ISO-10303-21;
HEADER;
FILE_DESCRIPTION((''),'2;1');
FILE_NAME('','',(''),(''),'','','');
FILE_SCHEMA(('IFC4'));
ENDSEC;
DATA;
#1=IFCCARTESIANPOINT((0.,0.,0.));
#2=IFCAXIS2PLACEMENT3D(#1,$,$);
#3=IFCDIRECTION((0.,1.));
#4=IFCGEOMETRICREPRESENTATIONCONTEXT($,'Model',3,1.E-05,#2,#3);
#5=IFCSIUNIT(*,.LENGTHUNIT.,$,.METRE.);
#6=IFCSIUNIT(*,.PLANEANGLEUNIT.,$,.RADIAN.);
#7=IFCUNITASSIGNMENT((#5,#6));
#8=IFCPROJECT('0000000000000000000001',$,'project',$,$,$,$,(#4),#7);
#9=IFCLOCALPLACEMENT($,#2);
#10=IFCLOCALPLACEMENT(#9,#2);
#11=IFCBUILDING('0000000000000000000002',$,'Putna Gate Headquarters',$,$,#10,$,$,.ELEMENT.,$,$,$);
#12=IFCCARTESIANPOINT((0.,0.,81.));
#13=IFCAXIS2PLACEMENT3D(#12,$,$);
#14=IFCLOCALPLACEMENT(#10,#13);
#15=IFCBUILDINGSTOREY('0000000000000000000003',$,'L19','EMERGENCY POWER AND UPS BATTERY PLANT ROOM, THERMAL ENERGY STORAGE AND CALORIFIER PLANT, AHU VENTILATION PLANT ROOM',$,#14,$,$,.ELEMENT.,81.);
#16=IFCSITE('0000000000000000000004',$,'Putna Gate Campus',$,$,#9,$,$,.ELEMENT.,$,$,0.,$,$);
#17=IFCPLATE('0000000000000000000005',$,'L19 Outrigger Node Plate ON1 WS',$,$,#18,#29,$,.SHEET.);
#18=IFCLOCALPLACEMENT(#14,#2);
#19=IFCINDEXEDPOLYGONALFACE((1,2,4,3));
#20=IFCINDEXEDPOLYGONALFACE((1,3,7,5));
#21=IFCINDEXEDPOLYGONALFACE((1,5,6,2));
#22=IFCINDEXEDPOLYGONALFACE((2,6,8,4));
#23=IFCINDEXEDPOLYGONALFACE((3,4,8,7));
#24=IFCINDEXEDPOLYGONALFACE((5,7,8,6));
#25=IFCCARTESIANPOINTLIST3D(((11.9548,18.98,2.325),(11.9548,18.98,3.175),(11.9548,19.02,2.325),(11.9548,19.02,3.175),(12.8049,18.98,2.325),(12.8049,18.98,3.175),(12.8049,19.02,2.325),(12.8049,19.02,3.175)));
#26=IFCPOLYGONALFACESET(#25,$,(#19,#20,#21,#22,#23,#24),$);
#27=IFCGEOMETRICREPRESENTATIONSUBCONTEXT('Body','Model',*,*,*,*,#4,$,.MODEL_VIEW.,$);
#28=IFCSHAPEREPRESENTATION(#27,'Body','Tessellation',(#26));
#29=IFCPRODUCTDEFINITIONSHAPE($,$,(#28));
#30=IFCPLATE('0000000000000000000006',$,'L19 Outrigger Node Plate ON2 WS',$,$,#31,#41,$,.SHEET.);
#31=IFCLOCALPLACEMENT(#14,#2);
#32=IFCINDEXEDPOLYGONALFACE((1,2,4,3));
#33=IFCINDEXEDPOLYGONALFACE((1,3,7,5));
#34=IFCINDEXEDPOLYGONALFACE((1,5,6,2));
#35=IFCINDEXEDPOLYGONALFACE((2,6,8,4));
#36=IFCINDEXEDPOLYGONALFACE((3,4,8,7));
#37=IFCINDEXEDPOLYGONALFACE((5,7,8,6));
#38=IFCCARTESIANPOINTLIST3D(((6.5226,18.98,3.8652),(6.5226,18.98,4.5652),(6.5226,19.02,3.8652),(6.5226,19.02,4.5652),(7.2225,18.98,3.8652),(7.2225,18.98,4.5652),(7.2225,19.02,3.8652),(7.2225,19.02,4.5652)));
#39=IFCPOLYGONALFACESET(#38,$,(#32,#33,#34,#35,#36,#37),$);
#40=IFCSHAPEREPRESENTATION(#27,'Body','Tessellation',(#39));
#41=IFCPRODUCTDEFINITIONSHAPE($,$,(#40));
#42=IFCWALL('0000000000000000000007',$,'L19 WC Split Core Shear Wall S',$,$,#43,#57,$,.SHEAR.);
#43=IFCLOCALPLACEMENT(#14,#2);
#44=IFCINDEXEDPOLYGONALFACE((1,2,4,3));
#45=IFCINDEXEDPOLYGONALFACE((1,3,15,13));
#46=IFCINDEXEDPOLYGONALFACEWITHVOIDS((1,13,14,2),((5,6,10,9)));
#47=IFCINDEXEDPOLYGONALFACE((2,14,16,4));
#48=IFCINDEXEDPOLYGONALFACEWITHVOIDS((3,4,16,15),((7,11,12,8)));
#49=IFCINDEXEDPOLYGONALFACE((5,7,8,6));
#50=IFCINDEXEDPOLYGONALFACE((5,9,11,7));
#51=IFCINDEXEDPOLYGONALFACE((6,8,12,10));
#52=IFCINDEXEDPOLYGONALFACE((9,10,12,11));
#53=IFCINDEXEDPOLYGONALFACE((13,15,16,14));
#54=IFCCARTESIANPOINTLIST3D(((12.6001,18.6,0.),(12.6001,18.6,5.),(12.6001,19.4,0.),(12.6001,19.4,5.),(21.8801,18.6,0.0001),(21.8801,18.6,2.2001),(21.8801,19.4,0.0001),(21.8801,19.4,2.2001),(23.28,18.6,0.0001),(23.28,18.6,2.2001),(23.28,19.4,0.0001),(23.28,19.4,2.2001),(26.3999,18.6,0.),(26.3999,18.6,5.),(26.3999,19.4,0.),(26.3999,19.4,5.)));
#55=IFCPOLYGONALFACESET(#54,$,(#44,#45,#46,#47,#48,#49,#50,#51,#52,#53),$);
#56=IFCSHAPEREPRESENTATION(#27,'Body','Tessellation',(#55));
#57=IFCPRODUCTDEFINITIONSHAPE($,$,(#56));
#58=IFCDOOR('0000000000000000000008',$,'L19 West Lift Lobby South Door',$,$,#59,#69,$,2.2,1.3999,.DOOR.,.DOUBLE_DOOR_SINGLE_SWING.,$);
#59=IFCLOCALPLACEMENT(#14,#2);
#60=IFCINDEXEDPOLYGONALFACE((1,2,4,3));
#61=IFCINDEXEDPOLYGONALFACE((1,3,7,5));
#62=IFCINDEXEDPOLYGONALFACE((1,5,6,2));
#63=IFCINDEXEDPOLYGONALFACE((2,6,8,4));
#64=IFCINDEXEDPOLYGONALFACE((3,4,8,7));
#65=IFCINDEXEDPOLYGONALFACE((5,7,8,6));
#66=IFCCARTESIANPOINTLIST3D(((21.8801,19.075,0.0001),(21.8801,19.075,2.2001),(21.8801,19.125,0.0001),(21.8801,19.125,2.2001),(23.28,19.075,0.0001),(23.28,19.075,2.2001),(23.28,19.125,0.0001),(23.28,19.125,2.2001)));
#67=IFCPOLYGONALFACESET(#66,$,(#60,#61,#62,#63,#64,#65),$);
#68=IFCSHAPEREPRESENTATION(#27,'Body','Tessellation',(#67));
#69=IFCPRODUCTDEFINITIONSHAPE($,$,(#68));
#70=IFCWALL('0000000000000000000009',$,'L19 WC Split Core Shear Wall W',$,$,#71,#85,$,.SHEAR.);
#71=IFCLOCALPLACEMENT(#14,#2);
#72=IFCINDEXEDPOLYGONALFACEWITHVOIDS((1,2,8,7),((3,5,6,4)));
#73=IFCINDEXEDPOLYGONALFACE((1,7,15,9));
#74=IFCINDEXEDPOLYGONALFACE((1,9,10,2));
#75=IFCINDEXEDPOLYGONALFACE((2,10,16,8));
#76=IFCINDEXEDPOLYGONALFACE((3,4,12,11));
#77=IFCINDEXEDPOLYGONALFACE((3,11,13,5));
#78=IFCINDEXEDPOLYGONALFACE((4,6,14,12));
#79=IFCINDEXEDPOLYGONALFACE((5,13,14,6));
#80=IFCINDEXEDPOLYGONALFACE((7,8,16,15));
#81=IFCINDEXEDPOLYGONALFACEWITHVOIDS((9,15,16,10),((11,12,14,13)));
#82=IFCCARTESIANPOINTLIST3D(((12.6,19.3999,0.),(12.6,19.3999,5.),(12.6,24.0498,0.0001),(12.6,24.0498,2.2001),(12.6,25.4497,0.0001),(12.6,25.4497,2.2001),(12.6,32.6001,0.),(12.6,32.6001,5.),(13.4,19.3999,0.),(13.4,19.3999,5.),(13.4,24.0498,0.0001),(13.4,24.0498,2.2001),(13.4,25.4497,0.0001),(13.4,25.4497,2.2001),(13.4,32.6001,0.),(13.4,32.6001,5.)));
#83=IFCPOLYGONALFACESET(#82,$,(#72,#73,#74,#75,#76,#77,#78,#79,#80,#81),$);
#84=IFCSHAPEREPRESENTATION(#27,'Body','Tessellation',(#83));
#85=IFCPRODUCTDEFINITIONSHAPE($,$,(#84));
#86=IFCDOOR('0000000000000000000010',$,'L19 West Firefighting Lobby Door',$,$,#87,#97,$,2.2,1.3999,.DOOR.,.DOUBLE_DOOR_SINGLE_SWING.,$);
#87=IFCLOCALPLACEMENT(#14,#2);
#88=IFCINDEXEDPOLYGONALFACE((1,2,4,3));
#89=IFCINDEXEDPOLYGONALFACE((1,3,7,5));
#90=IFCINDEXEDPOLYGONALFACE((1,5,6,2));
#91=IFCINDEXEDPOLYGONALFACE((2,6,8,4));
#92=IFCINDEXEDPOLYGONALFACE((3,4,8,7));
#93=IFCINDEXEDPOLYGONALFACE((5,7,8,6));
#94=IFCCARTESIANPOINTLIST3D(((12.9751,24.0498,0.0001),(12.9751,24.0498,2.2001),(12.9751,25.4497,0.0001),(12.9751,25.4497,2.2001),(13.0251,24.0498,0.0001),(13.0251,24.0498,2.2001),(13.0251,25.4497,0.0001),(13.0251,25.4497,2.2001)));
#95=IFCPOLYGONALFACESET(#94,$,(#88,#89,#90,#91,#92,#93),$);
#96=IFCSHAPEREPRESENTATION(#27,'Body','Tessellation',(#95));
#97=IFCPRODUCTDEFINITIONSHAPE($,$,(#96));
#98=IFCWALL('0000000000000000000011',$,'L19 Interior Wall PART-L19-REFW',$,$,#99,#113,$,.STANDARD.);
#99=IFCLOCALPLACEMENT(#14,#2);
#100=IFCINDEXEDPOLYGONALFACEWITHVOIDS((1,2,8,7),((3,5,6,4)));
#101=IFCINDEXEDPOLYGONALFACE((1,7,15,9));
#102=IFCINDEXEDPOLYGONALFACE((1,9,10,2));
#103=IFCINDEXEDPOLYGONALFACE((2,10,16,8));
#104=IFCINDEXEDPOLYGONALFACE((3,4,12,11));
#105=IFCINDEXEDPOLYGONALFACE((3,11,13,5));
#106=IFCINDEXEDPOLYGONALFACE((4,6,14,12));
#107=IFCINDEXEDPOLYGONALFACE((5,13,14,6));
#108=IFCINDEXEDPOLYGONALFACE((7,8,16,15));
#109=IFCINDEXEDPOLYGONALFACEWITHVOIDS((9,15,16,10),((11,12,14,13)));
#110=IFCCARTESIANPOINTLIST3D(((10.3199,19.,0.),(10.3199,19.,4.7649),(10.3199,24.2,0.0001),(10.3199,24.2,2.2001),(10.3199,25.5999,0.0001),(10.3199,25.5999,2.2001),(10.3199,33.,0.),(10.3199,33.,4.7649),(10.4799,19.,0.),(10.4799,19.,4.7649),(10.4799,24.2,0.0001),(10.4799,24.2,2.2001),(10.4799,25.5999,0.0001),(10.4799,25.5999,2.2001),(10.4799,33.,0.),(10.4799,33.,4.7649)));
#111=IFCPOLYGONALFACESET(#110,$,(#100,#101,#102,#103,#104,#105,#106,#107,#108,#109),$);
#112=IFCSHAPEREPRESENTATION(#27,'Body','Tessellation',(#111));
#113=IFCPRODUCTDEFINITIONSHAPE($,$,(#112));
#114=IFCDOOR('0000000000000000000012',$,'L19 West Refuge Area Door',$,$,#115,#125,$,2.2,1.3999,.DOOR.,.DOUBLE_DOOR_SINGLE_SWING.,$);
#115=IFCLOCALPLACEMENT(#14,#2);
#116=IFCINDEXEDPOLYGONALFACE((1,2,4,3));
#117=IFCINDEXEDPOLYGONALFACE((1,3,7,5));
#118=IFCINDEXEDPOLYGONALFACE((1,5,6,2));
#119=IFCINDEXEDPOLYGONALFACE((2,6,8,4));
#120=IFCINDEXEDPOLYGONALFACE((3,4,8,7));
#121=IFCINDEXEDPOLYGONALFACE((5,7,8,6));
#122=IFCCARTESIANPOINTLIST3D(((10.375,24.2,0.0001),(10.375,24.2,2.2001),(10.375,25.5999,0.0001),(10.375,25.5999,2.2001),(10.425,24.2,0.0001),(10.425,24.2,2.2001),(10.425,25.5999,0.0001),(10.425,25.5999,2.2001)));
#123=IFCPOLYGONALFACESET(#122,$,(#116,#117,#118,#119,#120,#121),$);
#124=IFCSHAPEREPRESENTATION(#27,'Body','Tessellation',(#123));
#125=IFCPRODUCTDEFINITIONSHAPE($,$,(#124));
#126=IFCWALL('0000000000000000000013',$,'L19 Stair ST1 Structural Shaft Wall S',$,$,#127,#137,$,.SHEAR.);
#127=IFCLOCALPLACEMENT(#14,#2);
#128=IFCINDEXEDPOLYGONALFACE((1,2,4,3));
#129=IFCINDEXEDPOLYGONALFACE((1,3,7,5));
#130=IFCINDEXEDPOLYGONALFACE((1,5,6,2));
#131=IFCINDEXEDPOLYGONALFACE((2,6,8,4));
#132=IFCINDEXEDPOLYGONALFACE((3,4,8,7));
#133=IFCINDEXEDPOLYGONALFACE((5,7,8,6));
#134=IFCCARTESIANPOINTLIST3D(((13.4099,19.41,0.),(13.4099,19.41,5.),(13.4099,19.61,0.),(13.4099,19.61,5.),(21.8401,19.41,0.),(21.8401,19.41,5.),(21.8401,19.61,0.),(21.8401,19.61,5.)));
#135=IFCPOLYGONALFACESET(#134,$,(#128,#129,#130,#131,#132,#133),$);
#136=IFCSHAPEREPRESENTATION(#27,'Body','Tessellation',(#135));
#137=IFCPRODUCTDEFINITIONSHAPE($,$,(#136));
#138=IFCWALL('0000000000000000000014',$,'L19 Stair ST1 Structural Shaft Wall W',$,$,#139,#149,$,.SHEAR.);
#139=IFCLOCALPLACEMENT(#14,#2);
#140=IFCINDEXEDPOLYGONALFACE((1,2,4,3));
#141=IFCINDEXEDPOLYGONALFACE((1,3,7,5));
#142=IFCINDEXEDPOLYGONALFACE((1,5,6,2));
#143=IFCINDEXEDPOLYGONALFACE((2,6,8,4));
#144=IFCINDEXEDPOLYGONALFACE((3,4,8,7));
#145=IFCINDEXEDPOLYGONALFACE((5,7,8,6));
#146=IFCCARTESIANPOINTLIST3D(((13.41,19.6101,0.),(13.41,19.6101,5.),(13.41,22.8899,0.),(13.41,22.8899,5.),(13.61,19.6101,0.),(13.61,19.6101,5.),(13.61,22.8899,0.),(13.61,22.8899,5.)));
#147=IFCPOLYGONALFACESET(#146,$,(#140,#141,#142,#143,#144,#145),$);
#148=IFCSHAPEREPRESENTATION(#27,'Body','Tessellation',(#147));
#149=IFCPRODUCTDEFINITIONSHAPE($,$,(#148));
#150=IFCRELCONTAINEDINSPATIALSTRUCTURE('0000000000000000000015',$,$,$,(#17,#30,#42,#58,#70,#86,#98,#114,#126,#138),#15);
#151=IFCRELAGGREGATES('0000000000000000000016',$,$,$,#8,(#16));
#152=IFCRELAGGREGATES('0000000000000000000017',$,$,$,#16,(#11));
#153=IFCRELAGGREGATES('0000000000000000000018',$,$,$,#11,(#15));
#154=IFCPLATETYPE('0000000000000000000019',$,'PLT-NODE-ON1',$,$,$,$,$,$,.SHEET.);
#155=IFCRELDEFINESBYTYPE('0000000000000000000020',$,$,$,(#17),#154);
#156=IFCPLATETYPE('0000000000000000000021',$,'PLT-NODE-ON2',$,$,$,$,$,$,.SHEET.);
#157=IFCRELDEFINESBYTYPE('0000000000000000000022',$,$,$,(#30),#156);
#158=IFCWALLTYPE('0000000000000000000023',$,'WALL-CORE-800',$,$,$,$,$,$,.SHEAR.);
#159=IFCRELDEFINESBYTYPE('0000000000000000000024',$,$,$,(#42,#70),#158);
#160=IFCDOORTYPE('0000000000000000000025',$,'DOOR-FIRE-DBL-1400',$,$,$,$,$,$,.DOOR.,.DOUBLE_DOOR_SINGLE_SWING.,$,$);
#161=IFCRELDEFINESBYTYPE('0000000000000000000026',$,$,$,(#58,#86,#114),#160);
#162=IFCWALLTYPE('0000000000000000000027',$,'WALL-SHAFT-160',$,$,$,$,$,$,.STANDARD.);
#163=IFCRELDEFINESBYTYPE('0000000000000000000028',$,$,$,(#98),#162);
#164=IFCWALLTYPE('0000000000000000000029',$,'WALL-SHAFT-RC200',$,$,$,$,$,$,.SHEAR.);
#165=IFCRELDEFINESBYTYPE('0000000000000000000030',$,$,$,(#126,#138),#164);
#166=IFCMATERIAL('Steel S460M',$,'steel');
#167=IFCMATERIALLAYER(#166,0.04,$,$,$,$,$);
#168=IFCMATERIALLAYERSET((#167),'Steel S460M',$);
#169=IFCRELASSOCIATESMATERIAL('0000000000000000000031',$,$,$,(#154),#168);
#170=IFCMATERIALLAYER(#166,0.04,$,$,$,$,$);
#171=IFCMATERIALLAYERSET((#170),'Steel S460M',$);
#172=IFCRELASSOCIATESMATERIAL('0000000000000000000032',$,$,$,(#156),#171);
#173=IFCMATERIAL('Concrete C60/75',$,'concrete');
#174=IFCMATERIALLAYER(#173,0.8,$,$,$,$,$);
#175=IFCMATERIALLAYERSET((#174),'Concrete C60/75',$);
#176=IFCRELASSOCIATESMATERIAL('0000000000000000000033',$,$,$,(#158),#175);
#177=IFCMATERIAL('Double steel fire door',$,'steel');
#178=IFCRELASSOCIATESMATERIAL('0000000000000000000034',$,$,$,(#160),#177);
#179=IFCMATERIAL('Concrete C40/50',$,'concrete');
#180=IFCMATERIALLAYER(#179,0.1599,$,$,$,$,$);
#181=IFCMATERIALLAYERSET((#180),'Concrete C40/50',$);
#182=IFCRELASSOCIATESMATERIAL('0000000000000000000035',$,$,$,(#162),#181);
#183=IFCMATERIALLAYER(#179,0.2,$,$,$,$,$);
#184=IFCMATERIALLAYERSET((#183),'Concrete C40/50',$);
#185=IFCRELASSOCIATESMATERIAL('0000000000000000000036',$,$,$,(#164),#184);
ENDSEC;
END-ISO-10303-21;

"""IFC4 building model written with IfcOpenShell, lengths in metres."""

from ifc_helpers import new_model, si_unit, direction, frame, frame_2d, origin, origin_2d, place, context, subcontext, project, spatial, rectangle, extrude, material, layer, layer_set, type_object, element, fill, save


model = new_model("IFC4")

# Units and contexts
model_context = context("Model", 3, precision=1e-05, world=origin(), true_north=direction((0.0, 1.0)))
body_context = subcontext(model_context, "Body", "Model", "MODEL_VIEW")
ifc_project = project(units=[si_unit("LENGTHUNIT", "METRE"), si_unit("PLANEANGLEUNIT", "RADIAN")], contexts=[model_context])

# Site, building, storey
site_placement = place(None, origin())
site = spatial("IfcSite", under=ifc_project, at=site_placement, Name="Putna Gate Campus", CompositionType="ELEMENT", RefElevation=0.0)
building_placement = place(site_placement, origin())
building = spatial("IfcBuilding", under=site, at=building_placement, Name="Putna Gate Headquarters", CompositionType="ELEMENT")
storey_placement = place(building_placement, frame((0.0, 0.0, 81.0)))
storey = spatial("IfcBuildingStorey", under=building, at=storey_placement, Name="L19", Description="EMERGENCY POWER AND UPS BATTERY PLANT ROOM, THERMAL ENERGY STORAGE AND CALORIFIER PLANT, AHU VENTILATION PLANT ROOM", CompositionType="ELEMENT", Elevation=81.0)

# Shared definitions
ifc_material_1 = material(Name="Concrete C60/75", Category="concrete")

# Shared definitions
ifc_material_2 = material(Name="Steel S460M", Category="steel")

# Plates
ifc_layer_1 = layer(ifc_material_2, 0.04)
ifc_layer_set_1 = layer_set([ifc_layer_1], Name="Steel S460M")
plate_type_1 = type_object("IfcPlateType", Name="PLT-NODE-ON1", PredefinedType="SHEET", material=ifc_layer_set_1)
plate_1_placement = place(storey_placement, frame((12.3799, 19.0, 2.325), z_axis=(0.0, 0.0, 1.0), x_axis=(1.0, 0.0, 0.0)))
element("IfcPlate", 1, at=plate_1_placement, inside=storey, type_object=plate_type_1, Name="L19 Outrigger Node Plate ON1 WS", PredefinedType="SHEET", context=body_context, shape_type="SweptSolid", body=[
    extrude(rectangle(XDim=0.8501, YDim=0.04, at=origin_2d()), origin(), (0.0, 0.0, 1.0), 0.8501),
])
ifc_layer_2 = layer(ifc_material_2, 0.04)
ifc_layer_set_2 = layer_set([ifc_layer_2], Name="Steel S460M")
plate_type_2 = type_object("IfcPlateType", Name="PLT-NODE-ON2", PredefinedType="SHEET", material=ifc_layer_set_2)
plate_2_placement = place(storey_placement, frame((6.8726, 19.0, 3.8652), z_axis=(0.0, 0.0, 1.0), x_axis=(1.0, 0.0, 0.0)))
element("IfcPlate", 2, at=plate_2_placement, inside=storey, type_object=plate_type_2, Name="L19 Outrigger Node Plate ON2 WS", PredefinedType="SHEET", context=body_context, shape_type="SweptSolid", body=[
    extrude(rectangle(XDim=0.7, YDim=0.04, at=origin_2d()), origin(), (0.0, 0.0, 1.0), 0.7),
])

# Walls, openings, doors
ifc_layer_3 = layer(ifc_material_1, 0.8)
ifc_layer_set_3 = layer_set([ifc_layer_3], Name="Concrete C60/75")
wall_type_1 = type_object("IfcWallType", Name="WALL-CORE-800", PredefinedType="SHEAR", material=ifc_layer_set_3)
wall_1_placement = place(storey_placement, frame((12.6001, 19.0, 0.0), z_axis=(0.0, 0.0, 1.0), x_axis=(1.0, 0.0, 0.0)))
wall_1 = element("IfcWall", 3, at=wall_1_placement, inside=storey, type_object=wall_type_1, Name="L19 WC Split Core Shear Wall S", PredefinedType="SHEAR", context=body_context, shape_type="SweptSolid", body=[
    extrude(rectangle(XDim=13.7998, YDim=0.8, at=frame_2d((6.8999, 0.0))), origin(), (0.0, 0.0, 1.0), 5.0),
])
opening_1_placement = place(wall_1_placement, frame((9.28, 0.0, 0.0)))
opening_1 = element("IfcOpeningElement", 4, at=opening_1_placement, cuts=wall_1, PredefinedType="OPENING", context=body_context, shape_type="SweptSolid", body=[
    extrude(rectangle(XDim=1.3999, YDim=2.2, at=frame_2d((0.7, 1.1001))), frame((0.0, 0.4099, 0.0), z_axis=(0.0, -1.0, 0.0), x_axis=(1.0, 0.0, 0.0)), (0.0, 0.0, 1.0), 0.8201),
])
ifc_material_3 = material(Name="Double steel fire door", Category="steel")
door_type = type_object("IfcDoorType", Name="DOOR-FIRE-DBL-1400", OperationType="DOUBLE_DOOR_SINGLE_SWING", PredefinedType="DOOR", material=ifc_material_3)
door_1_placement = place(opening_1_placement, origin())
door_1 = element("IfcDoor", 5, at=door_1_placement, inside=storey, type_object=door_type, Name="L19 West Lift Lobby South Door", OperationType="DOUBLE_DOOR_SINGLE_SWING", OverallHeight=2.2, OverallWidth=1.3999, PredefinedType="DOOR", context=body_context, shape_type="SweptSolid", body=[
    extrude(rectangle(XDim=1.3999, YDim=2.2, at=frame_2d((0.7, 1.1001))), frame((0.0, 0.125, 0.0), z_axis=(0.0, -1.0, 0.0), x_axis=(1.0, 0.0, 0.0)), (0.0, 0.0, 1.0), 0.05),
])
fill(opening_1, door_1)
wall_2_placement = place(storey_placement, frame((13.0, 19.3999, 0.0), z_axis=(0.0, 0.0, 1.0), x_axis=(0.0, 1.0, 0.0)))
wall_2 = element("IfcWall", 6, at=wall_2_placement, inside=storey, type_object=wall_type_1, Name="L19 WC Split Core Shear Wall W", PredefinedType="SHEAR", context=body_context, shape_type="SweptSolid", body=[
    extrude(rectangle(XDim=13.2002, YDim=0.8, at=frame_2d((6.6001, 0.0))), origin(), (0.0, 0.0, 1.0), 5.0),
])
opening_2_placement = place(wall_2_placement, frame((4.6499, 0.0, 0.0)))
opening_2 = element("IfcOpeningElement", 7, at=opening_2_placement, cuts=wall_2, PredefinedType="OPENING", context=body_context, shape_type="SweptSolid", body=[
    extrude(rectangle(XDim=1.3999, YDim=2.2, at=frame_2d((0.7, 1.1001))), frame((0.0, 0.4099, 0.0), z_axis=(0.0, -1.0, 0.0), x_axis=(1.0, 0.0, 0.0)), (0.0, 0.0, 1.0), 0.8201),
])
door_2_placement = place(opening_2_placement, origin())
door_2 = element("IfcDoor", 8, at=door_2_placement, inside=storey, type_object=door_type, Name="L19 West Firefighting Lobby Door", OperationType="DOUBLE_DOOR_SINGLE_SWING", OverallHeight=2.2, OverallWidth=1.3999, PredefinedType="DOOR", context=body_context, shape_type="SweptSolid", body=[
    extrude(rectangle(XDim=1.3999, YDim=2.2, at=frame_2d((0.7, 1.1001))), frame((0.0, 0.0249, 0.0), z_axis=(0.0, -1.0, 0.0), x_axis=(1.0, 0.0, 0.0)), (0.0, 0.0, 1.0), 0.05),
])
fill(opening_2, door_2)
ifc_material_4 = material(Name="Concrete C40/50", Category="concrete")
ifc_layer_4 = layer(ifc_material_4, 0.1599)
ifc_layer_set_4 = layer_set([ifc_layer_4], Name="Concrete C40/50")
wall_type_2 = type_object("IfcWallType", Name="WALL-SHAFT-160", PredefinedType="STANDARD", material=ifc_layer_set_4)
wall_3_placement = place(storey_placement, frame((10.3999, 19.0, 0.0), z_axis=(0.0, 0.0, 1.0), x_axis=(0.0, 1.0, 0.0)))
wall_3 = element("IfcWall", 9, at=wall_3_placement, inside=storey, type_object=wall_type_2, Name="L19 Interior Wall PART-L19-REFW", PredefinedType="STANDARD", context=body_context, shape_type="SweptSolid", body=[
    extrude(rectangle(XDim=14.0, YDim=0.1599, at=frame_2d((7.0, 0.0))), origin(), (0.0, 0.0, 1.0), 4.7649),
])
opening_3_placement = place(wall_3_placement, frame((5.2, 0.0, 0.0)))
opening_3 = element("IfcOpeningElement", 10, at=opening_3_placement, cuts=wall_3, PredefinedType="OPENING", context=body_context, shape_type="SweptSolid", body=[
    extrude(rectangle(XDim=1.3999, YDim=2.2, at=frame_2d((0.7, 1.1001))), frame((0.0, 0.0898, 0.0), z_axis=(0.0, -1.0, 0.0), x_axis=(1.0, 0.0, 0.0)), (0.0, 0.0, 1.0), 0.1799),
])
door_3_placement = place(opening_3_placement, origin())
door_3 = element("IfcDoor", 11, at=door_3_placement, inside=storey, type_object=door_type, Name="L19 West Refuge Area Door", OperationType="DOUBLE_DOOR_SINGLE_SWING", OverallHeight=2.2, OverallWidth=1.3999, PredefinedType="DOOR", context=body_context, shape_type="SweptSolid", body=[
    extrude(rectangle(XDim=1.3999, YDim=2.2, at=frame_2d((0.7, 1.1001))), frame((0.0, 0.0249, 0.0), z_axis=(0.0, -1.0, 0.0), x_axis=(1.0, 0.0, 0.0)), (0.0, 0.0, 1.0), 0.05),
])
fill(opening_3, door_3)

# Walls
ifc_layer_5 = layer(ifc_material_4, 0.2)
ifc_layer_set_5 = layer_set([ifc_layer_5], Name="Concrete C40/50")
wall_type_3 = type_object("IfcWallType", Name="WALL-SHAFT-RC200", PredefinedType="SHEAR", material=ifc_layer_set_5)
wall_4_placement = place(storey_placement, frame((13.4099, 19.51, 0.0), z_axis=(0.0, 0.0, 1.0), x_axis=(1.0, 0.0, 0.0)))
element("IfcWall", 12, at=wall_4_placement, inside=storey, type_object=wall_type_3, Name="L19 Stair ST1 Structural Shaft Wall S", PredefinedType="SHEAR", context=body_context, shape_type="SweptSolid", body=[
    extrude(rectangle(XDim=8.4302, YDim=0.2, at=frame_2d((4.2151, 0.0))), origin(), (0.0, 0.0, 1.0), 5.0),
])
wall_5_placement = place(storey_placement, frame((13.51, 19.6101, 0.0), z_axis=(0.0, 0.0, 1.0), x_axis=(0.0, 1.0, 0.0)))
element("IfcWall", 13, at=wall_5_placement, inside=storey, type_object=wall_type_3, Name="L19 Stair ST1 Structural Shaft Wall W", PredefinedType="SHEAR", context=body_context, shape_type="SweptSolid", body=[
    extrude(rectangle(XDim=3.2798, YDim=0.2, at=frame_2d((1.6399, 0.0))), origin(), (0.0, 0.0, 1.0), 5.0),
])

save(model, "model.ifc")
